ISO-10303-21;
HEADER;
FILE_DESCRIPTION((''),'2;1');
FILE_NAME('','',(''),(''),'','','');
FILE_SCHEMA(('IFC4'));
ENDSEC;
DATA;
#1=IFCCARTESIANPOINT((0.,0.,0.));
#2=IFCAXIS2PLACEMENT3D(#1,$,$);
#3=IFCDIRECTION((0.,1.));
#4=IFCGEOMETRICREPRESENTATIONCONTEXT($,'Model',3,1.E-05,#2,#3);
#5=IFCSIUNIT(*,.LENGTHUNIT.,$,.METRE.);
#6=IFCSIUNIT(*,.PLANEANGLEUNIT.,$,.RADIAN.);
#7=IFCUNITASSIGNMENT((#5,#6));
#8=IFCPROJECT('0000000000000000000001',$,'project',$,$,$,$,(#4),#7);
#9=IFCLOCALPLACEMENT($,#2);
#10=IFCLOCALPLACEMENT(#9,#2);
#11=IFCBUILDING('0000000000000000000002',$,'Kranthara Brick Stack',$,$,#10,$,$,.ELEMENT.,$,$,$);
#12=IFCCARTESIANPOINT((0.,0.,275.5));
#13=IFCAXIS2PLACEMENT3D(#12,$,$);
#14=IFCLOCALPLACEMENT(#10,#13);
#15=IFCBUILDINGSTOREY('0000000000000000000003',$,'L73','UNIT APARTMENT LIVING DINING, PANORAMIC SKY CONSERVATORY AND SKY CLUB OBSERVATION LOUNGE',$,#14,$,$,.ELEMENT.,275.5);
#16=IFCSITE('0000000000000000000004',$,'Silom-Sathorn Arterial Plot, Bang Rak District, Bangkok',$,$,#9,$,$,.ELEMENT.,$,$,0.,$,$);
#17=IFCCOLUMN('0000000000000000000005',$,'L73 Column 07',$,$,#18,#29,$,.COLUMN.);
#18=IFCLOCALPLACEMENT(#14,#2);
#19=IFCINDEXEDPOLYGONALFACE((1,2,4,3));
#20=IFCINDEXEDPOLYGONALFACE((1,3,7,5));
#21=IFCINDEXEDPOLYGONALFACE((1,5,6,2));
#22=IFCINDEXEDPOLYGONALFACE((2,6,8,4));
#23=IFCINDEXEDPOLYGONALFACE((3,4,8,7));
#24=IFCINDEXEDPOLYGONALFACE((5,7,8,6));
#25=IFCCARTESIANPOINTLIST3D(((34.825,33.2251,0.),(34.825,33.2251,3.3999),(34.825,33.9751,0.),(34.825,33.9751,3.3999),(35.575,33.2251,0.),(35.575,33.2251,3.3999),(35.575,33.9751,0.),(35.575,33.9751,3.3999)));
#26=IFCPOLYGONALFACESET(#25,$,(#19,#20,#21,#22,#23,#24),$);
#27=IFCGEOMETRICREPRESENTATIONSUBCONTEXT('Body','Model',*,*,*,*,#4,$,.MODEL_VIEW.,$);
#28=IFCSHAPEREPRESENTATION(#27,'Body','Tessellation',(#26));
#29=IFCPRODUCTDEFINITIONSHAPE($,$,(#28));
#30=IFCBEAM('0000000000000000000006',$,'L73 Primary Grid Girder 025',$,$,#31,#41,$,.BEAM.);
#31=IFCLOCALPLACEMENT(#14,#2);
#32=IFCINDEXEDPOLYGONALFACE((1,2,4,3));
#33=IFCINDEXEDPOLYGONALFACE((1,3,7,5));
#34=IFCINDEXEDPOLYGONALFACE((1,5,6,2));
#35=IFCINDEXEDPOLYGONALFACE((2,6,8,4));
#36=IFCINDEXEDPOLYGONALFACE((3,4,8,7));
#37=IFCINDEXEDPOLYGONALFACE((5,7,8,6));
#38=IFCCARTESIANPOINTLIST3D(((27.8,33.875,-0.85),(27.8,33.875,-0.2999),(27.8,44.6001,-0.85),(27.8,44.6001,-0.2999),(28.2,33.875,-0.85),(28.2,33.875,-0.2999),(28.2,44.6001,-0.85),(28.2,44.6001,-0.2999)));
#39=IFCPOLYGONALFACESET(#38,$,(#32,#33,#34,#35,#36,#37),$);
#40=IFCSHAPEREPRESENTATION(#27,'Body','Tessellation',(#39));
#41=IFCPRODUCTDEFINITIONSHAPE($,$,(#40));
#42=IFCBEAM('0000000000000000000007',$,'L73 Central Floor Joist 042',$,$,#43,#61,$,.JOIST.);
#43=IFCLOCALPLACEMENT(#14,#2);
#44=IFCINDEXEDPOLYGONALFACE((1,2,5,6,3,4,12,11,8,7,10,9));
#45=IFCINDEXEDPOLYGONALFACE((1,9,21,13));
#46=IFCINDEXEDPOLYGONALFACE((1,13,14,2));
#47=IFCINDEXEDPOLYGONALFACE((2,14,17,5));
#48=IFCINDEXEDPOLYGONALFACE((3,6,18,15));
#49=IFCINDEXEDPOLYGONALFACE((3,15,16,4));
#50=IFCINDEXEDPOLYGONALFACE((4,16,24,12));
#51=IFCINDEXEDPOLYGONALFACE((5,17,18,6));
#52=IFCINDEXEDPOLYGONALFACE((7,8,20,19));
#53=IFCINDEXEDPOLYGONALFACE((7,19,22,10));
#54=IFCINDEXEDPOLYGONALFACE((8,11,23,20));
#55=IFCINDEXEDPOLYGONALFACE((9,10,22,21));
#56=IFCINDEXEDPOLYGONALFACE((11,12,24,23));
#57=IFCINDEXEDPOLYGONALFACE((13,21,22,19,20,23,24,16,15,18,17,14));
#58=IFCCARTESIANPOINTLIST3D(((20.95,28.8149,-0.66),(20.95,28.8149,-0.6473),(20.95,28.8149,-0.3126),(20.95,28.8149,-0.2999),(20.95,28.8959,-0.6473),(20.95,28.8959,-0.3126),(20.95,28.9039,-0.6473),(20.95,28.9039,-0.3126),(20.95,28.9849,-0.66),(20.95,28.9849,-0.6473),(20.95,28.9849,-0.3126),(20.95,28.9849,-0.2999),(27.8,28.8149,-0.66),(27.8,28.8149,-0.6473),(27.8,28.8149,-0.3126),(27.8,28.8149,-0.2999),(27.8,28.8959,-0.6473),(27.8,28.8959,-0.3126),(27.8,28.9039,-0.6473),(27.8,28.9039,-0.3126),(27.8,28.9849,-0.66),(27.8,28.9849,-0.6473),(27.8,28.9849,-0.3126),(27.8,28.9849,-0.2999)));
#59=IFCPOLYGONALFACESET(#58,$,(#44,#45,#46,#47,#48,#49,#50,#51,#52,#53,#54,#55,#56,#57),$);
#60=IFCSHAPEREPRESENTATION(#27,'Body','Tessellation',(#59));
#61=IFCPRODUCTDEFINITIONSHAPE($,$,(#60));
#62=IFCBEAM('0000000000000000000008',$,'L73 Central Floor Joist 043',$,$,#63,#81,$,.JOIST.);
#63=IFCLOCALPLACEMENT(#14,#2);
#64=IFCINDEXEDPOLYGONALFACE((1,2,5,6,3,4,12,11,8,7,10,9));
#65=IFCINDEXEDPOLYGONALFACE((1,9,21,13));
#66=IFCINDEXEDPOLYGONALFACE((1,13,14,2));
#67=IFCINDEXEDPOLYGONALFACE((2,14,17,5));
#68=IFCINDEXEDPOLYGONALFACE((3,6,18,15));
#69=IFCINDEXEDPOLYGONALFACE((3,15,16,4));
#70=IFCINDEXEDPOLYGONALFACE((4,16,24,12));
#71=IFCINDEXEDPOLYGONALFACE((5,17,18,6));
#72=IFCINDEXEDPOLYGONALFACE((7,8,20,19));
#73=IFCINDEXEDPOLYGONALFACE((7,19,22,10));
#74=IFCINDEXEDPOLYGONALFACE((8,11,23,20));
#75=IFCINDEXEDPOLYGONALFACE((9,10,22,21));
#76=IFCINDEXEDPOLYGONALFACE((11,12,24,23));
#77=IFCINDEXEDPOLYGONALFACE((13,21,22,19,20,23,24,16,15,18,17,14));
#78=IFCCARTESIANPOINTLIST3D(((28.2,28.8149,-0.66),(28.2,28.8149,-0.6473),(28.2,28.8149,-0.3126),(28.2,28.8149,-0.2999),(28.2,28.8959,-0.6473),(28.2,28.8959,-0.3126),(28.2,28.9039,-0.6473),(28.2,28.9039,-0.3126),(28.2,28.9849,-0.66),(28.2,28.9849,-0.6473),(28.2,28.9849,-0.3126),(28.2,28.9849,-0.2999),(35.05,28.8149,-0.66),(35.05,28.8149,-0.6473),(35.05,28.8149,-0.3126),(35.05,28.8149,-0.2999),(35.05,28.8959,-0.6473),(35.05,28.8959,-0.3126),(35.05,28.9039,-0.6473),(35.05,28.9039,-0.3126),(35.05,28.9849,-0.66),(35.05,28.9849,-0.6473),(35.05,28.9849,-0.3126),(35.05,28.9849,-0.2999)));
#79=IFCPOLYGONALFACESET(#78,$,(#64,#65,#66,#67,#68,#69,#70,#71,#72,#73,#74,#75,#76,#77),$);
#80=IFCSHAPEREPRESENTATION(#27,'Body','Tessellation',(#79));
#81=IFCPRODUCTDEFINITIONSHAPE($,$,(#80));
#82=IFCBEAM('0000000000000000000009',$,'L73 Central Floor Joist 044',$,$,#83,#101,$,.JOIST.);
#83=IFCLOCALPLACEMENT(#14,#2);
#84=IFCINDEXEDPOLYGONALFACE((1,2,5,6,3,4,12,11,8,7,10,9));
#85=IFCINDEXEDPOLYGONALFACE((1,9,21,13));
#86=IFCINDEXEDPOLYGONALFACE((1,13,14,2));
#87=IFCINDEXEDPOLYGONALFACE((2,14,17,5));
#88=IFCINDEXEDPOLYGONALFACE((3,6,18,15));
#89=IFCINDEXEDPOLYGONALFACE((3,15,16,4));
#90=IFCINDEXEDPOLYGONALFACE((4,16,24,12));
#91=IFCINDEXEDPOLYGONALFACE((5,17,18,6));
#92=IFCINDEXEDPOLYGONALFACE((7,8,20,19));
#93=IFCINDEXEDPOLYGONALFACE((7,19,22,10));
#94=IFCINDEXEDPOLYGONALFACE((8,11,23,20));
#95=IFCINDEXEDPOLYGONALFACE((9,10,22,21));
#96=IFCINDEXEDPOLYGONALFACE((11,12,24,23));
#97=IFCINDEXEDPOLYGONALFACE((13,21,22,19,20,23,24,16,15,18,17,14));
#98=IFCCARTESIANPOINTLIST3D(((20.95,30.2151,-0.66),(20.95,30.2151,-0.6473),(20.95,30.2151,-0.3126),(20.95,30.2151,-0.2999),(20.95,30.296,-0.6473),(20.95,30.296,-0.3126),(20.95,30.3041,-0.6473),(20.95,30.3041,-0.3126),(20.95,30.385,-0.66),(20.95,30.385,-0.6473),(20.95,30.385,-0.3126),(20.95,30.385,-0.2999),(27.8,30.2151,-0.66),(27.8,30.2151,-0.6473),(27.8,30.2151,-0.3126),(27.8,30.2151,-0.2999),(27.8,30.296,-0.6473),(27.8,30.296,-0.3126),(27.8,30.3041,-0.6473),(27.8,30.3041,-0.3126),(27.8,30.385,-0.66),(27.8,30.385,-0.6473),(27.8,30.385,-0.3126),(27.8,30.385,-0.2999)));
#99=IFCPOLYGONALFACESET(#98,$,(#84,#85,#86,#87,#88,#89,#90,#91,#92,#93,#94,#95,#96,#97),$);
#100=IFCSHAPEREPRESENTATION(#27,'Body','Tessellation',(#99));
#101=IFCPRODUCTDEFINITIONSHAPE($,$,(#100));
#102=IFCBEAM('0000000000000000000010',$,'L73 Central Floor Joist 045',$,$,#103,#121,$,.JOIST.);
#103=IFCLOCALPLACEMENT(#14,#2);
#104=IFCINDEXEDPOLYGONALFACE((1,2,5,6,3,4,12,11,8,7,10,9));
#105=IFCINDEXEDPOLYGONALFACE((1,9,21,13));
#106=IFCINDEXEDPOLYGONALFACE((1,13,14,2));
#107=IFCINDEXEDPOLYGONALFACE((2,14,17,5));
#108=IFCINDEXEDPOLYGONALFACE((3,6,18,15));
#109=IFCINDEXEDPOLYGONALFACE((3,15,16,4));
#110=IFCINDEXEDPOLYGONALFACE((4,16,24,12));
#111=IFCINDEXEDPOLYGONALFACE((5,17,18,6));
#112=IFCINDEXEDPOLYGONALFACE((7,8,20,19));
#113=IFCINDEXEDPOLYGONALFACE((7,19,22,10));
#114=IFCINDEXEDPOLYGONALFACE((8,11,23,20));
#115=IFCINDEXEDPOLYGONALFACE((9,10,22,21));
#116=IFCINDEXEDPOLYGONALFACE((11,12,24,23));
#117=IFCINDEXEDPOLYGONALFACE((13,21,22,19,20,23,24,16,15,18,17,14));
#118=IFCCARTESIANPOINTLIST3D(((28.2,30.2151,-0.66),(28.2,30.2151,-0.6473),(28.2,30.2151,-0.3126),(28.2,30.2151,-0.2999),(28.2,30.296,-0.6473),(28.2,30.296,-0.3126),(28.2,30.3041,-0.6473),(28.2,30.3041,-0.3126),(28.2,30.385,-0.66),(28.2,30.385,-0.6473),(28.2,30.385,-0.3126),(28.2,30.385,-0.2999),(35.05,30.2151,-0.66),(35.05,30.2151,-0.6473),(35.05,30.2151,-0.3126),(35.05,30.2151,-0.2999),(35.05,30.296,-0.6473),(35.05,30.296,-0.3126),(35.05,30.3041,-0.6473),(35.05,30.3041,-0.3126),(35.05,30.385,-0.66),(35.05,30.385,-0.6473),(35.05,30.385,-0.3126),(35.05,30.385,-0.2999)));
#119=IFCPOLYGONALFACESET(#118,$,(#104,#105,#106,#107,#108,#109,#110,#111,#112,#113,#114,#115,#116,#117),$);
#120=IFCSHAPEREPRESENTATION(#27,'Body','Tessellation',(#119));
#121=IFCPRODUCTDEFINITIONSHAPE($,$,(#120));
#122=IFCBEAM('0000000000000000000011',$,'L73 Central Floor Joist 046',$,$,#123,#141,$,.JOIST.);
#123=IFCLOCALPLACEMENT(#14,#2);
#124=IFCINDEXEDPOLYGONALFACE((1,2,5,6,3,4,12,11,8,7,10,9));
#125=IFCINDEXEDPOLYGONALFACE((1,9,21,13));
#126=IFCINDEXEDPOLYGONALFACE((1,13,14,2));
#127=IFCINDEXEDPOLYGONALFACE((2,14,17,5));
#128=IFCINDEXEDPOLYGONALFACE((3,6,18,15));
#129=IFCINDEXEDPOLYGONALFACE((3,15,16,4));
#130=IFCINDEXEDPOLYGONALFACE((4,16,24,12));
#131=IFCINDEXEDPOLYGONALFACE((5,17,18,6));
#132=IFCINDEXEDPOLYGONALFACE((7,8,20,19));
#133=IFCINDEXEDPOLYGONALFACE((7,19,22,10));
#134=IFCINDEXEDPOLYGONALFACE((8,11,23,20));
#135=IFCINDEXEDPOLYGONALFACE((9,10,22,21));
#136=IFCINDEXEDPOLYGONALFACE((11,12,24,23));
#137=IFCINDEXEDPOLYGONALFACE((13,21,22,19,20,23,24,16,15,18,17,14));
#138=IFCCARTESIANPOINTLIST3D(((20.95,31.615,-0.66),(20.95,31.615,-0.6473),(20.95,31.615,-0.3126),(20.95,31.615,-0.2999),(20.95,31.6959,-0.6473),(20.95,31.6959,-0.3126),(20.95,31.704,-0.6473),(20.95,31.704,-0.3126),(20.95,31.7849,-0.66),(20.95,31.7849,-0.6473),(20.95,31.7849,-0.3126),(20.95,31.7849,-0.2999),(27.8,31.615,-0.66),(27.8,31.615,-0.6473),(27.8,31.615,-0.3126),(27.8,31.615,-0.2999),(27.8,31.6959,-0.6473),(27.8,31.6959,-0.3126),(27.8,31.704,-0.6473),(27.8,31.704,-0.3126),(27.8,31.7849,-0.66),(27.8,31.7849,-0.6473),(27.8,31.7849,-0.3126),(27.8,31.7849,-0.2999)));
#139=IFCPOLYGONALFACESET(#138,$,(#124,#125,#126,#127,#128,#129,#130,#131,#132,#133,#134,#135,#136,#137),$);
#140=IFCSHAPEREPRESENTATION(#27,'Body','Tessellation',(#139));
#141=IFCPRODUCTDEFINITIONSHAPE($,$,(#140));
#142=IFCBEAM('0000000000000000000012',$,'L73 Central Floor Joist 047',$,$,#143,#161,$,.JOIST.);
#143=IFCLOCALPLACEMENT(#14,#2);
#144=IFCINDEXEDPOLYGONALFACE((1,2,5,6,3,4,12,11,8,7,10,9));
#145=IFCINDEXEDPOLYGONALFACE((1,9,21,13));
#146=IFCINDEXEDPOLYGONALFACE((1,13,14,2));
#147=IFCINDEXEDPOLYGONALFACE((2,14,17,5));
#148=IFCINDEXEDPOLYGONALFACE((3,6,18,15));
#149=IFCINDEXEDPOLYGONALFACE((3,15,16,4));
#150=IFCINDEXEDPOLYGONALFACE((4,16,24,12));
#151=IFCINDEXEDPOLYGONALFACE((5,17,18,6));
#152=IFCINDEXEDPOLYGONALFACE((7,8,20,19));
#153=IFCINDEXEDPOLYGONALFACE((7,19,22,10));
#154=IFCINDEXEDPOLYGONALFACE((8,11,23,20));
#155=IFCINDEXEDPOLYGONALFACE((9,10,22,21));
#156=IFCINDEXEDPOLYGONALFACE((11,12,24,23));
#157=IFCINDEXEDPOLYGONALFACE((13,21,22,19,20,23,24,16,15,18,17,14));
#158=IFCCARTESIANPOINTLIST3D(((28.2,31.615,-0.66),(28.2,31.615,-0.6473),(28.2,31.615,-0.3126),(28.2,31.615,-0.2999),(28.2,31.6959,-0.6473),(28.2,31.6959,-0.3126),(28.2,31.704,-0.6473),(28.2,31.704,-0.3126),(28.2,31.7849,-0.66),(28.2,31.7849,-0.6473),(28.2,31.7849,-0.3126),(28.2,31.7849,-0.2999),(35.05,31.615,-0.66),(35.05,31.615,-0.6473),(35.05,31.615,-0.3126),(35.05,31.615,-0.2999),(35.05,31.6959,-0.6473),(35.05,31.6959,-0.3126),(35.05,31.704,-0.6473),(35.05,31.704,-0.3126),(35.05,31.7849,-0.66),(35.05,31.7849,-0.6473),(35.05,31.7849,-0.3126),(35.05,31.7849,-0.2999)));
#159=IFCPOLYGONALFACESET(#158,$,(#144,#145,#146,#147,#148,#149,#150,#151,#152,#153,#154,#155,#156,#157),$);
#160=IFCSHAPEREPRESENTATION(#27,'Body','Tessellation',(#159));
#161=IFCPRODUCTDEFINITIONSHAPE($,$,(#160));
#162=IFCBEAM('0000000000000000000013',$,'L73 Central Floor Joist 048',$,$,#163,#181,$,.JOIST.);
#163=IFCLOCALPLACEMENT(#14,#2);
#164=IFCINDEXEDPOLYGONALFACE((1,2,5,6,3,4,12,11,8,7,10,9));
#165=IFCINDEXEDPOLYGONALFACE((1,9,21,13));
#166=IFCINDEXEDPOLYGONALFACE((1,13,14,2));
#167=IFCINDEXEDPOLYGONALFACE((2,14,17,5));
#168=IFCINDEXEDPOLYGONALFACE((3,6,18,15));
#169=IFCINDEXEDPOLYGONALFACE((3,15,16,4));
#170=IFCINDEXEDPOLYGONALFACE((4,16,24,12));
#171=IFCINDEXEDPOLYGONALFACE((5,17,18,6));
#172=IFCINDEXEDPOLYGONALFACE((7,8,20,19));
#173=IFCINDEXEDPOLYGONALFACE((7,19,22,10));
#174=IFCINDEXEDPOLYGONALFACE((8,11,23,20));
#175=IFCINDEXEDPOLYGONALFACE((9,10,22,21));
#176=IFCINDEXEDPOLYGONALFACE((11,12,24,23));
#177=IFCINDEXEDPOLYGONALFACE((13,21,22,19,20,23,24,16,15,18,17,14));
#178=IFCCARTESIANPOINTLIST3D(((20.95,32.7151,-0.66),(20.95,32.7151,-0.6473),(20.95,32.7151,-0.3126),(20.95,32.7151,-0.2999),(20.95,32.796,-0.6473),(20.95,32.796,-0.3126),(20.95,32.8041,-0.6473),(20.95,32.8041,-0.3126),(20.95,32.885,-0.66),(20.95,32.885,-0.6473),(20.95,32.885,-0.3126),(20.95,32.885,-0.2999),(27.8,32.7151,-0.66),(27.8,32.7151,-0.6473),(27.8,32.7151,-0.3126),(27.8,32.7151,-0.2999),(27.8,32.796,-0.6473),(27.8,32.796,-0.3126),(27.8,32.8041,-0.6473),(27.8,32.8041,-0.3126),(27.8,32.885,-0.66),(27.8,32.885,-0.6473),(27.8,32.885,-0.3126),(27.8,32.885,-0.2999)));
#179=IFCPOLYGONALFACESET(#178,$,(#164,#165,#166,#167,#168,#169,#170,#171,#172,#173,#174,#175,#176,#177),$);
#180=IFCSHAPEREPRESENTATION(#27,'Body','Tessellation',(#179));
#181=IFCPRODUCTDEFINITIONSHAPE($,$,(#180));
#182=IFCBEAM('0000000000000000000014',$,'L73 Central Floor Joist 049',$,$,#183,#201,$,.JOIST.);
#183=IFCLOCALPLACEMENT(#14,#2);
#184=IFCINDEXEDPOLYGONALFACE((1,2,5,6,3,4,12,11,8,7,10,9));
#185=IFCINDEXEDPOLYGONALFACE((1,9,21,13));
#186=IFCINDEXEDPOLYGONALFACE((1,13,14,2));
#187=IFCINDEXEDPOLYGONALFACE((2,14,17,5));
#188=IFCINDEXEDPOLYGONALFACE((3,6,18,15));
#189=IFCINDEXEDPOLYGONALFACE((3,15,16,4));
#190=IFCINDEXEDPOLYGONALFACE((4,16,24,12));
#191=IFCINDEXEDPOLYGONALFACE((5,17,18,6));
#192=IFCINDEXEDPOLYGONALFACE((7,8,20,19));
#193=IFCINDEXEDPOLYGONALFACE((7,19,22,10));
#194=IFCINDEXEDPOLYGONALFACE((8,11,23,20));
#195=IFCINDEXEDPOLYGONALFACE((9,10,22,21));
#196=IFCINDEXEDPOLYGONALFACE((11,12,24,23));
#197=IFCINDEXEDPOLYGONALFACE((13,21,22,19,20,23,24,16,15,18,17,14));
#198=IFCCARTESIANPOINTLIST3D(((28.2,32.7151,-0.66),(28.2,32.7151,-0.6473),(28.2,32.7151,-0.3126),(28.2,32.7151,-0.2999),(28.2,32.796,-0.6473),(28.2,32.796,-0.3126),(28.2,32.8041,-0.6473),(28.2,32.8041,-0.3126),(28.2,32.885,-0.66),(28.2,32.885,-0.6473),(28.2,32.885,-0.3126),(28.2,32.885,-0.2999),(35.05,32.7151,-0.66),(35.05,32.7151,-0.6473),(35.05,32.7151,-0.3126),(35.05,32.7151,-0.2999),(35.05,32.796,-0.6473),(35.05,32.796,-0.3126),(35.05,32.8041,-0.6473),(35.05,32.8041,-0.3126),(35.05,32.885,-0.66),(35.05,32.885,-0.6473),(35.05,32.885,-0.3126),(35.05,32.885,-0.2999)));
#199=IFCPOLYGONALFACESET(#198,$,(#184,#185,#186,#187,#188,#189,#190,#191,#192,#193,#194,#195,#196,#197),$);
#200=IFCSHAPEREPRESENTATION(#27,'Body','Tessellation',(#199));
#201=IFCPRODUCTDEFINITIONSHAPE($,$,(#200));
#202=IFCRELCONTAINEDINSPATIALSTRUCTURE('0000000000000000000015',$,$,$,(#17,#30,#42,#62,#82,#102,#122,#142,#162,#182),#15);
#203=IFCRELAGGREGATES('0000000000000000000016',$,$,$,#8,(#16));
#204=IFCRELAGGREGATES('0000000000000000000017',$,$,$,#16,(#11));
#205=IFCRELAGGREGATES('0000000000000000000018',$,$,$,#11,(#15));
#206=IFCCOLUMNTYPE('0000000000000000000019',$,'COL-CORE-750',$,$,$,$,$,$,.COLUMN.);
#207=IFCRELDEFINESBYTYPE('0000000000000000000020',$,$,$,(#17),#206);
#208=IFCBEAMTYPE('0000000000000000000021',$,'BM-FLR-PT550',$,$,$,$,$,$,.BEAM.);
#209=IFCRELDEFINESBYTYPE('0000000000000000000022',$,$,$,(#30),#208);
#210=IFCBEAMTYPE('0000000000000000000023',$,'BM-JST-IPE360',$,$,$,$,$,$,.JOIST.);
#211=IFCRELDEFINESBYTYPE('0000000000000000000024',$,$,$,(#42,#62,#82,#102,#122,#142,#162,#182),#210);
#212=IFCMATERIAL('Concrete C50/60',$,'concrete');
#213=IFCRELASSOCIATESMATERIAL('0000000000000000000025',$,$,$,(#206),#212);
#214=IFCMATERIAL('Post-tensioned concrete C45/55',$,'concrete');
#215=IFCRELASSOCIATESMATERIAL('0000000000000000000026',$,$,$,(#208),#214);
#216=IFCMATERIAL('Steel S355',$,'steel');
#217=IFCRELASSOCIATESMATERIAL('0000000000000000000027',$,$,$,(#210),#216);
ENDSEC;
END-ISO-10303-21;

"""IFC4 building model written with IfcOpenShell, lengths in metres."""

from ifc_helpers import new_model, si_unit, direction, frame, origin, origin_2d, place, context, subcontext, project, spatial, rectangle, i_section, extrude, material, material_profile, profile_set, type_object, element, save


model = new_model("IFC4")

# Units and contexts
model_context = context("Model", 3, precision=1e-05, world=origin(), true_north=direction((0.0, 1.0)))
body_context = subcontext(model_context, "Body", "Model", "MODEL_VIEW")
ifc_project = project(units=[si_unit("LENGTHUNIT", "METRE"), si_unit("PLANEANGLEUNIT", "RADIAN")], contexts=[model_context])

# Site, building, storey
site_placement = place(None, origin())
site = spatial("IfcSite", under=ifc_project, at=site_placement, Name="Silom-Sathorn Arterial Plot, Bang Rak District, Bangkok", CompositionType="ELEMENT", RefElevation=0.0)
building_placement = place(site_placement, origin())
building = spatial("IfcBuilding", under=site, at=building_placement, Name="Kranthara Brick Stack", CompositionType="ELEMENT")
storey_placement = place(building_placement, frame((0.0, 0.0, 275.5)))
storey = spatial("IfcBuildingStorey", under=building, at=storey_placement, Name="L73", Description="UNIT APARTMENT LIVING DINING, PANORAMIC SKY CONSERVATORY AND SKY CLUB OBSERVATION LOUNGE", CompositionType="ELEMENT", Elevation=275.5)

# Column
ifc_material_1 = material(Name="Concrete C50/60", Category="concrete")
ifc_material_profile_1 = material_profile(ifc_material_1, rectangle(XDim=0.75, YDim=0.75, at=origin_2d()), Name="RC 750x750")
ifc_profile_set_1 = profile_set([ifc_material_profile_1], Name="Concrete C50/60")
column_type = type_object("IfcColumnType", Name="COL-CORE-750", PredefinedType="COLUMN", material=ifc_profile_set_1)
column_placement = place(storey_placement, frame((35.2, 33.6001, 0.0), z_axis=(0.0, 0.0, 1.0), x_axis=(1.0, 0.0, 0.0)))
element("IfcColumn", 1, at=column_placement, inside=storey, type_object=column_type, Name="L73 Column 07", PredefinedType="COLUMN", context=body_context, shape_type="SweptSolid", body=[
    extrude(rectangle(XDim=0.75, YDim=0.75, at=origin_2d()), origin(), (0.0, 0.0, 1.0), 3.3999),
])

# Beams
ifc_material_2 = material(Name="Post-tensioned concrete C45/55", Category="concrete")
ifc_material_profile_2 = material_profile(ifc_material_2, rectangle(XDim=0.3999, YDim=0.55, at=origin_2d()), Name="PT 400x550")
ifc_profile_set_2 = profile_set([ifc_material_profile_2], Name="Post-tensioned concrete C45/55")
beam_type_1 = type_object("IfcBeamType", Name="BM-FLR-PT550", PredefinedType="BEAM", material=ifc_profile_set_2)
beam_placement = place(storey_placement, frame((28.0, 33.875, -0.575), z_axis=(0.0, 1.0, 0.0), x_axis=(-1.0, 0.0, 0.0)))
element("IfcBeam", 2, at=beam_placement, inside=storey, type_object=beam_type_1, Name="L73 Primary Grid Girder 025", PredefinedType="BEAM", context=body_context, shape_type="SweptSolid", body=[
    extrude(rectangle(XDim=0.3999, YDim=0.55, at=origin_2d()), origin(), (0.0, 0.0, 1.0), 10.7251),
])
ifc_material_3 = material(Name="Steel S355", Category="steel")
ifc_material_profile_3 = material_profile(ifc_material_3, i_section(OverallWidth=0.1699, OverallDepth=0.3601, WebThickness=0.0081, FlangeThickness=0.0127, at=origin_2d()), Name="IPE 360")
ifc_profile_set_3 = profile_set([ifc_material_profile_3], Name="Steel S355")
beam_type_2 = type_object("IfcBeamType", Name="BM-JST-IPE360", PredefinedType="JOIST", material=ifc_profile_set_3)
for number, where, z_axis, x_axis, name in (
    (3, (20.95, 28.8999, -0.48), (1.0, 0.0, 0.0), (0.0, 1.0, 0.0), "L73 Central Floor Joist 042"),
    (4, (28.2, 28.8999, -0.48), (1.0, 0.0, 0.0), (0.0, 1.0, 0.0), "L73 Central Floor Joist 043"),
    (5, (20.95, 30.3, -0.48), (1.0, 0.0, 0.0), (0.0, 1.0, 0.0), "L73 Central Floor Joist 044"),
    (6, (28.2, 30.3, -0.48), (1.0, 0.0, 0.0), (0.0, 1.0, 0.0), "L73 Central Floor Joist 045"),
    (7, (20.95, 31.7, -0.48), (1.0, 0.0, 0.0), (0.0, 1.0, 0.0), "L73 Central Floor Joist 046"),
    (8, (28.2, 31.7, -0.48), (1.0, 0.0, 0.0), (0.0, 1.0, 0.0), "L73 Central Floor Joist 047"),
    (9, (20.95, 32.8, -0.48), (1.0, 0.0, 0.0), (0.0, 1.0, 0.0), "L73 Central Floor Joist 048"),
    (10, (28.2, 32.8, -0.48), (1.0, 0.0, 0.0), (0.0, 1.0, 0.0), "L73 Central Floor Joist 049"),
):
    element("IfcBeam", number, at=place(storey_placement, frame(where, z_axis=z_axis, x_axis=x_axis)), inside=storey, type_object=beam_type_2, Name=name, PredefinedType="JOIST", context=body_context, shape_type="SweptSolid", body=[
        extrude(i_section(OverallWidth=0.1699, OverallDepth=0.3601, WebThickness=0.0081, FlangeThickness=0.0127, at=origin_2d()), origin(), (0.0, 0.0, 1.0), 6.8501),
    ])

save(model, "model.ifc")
